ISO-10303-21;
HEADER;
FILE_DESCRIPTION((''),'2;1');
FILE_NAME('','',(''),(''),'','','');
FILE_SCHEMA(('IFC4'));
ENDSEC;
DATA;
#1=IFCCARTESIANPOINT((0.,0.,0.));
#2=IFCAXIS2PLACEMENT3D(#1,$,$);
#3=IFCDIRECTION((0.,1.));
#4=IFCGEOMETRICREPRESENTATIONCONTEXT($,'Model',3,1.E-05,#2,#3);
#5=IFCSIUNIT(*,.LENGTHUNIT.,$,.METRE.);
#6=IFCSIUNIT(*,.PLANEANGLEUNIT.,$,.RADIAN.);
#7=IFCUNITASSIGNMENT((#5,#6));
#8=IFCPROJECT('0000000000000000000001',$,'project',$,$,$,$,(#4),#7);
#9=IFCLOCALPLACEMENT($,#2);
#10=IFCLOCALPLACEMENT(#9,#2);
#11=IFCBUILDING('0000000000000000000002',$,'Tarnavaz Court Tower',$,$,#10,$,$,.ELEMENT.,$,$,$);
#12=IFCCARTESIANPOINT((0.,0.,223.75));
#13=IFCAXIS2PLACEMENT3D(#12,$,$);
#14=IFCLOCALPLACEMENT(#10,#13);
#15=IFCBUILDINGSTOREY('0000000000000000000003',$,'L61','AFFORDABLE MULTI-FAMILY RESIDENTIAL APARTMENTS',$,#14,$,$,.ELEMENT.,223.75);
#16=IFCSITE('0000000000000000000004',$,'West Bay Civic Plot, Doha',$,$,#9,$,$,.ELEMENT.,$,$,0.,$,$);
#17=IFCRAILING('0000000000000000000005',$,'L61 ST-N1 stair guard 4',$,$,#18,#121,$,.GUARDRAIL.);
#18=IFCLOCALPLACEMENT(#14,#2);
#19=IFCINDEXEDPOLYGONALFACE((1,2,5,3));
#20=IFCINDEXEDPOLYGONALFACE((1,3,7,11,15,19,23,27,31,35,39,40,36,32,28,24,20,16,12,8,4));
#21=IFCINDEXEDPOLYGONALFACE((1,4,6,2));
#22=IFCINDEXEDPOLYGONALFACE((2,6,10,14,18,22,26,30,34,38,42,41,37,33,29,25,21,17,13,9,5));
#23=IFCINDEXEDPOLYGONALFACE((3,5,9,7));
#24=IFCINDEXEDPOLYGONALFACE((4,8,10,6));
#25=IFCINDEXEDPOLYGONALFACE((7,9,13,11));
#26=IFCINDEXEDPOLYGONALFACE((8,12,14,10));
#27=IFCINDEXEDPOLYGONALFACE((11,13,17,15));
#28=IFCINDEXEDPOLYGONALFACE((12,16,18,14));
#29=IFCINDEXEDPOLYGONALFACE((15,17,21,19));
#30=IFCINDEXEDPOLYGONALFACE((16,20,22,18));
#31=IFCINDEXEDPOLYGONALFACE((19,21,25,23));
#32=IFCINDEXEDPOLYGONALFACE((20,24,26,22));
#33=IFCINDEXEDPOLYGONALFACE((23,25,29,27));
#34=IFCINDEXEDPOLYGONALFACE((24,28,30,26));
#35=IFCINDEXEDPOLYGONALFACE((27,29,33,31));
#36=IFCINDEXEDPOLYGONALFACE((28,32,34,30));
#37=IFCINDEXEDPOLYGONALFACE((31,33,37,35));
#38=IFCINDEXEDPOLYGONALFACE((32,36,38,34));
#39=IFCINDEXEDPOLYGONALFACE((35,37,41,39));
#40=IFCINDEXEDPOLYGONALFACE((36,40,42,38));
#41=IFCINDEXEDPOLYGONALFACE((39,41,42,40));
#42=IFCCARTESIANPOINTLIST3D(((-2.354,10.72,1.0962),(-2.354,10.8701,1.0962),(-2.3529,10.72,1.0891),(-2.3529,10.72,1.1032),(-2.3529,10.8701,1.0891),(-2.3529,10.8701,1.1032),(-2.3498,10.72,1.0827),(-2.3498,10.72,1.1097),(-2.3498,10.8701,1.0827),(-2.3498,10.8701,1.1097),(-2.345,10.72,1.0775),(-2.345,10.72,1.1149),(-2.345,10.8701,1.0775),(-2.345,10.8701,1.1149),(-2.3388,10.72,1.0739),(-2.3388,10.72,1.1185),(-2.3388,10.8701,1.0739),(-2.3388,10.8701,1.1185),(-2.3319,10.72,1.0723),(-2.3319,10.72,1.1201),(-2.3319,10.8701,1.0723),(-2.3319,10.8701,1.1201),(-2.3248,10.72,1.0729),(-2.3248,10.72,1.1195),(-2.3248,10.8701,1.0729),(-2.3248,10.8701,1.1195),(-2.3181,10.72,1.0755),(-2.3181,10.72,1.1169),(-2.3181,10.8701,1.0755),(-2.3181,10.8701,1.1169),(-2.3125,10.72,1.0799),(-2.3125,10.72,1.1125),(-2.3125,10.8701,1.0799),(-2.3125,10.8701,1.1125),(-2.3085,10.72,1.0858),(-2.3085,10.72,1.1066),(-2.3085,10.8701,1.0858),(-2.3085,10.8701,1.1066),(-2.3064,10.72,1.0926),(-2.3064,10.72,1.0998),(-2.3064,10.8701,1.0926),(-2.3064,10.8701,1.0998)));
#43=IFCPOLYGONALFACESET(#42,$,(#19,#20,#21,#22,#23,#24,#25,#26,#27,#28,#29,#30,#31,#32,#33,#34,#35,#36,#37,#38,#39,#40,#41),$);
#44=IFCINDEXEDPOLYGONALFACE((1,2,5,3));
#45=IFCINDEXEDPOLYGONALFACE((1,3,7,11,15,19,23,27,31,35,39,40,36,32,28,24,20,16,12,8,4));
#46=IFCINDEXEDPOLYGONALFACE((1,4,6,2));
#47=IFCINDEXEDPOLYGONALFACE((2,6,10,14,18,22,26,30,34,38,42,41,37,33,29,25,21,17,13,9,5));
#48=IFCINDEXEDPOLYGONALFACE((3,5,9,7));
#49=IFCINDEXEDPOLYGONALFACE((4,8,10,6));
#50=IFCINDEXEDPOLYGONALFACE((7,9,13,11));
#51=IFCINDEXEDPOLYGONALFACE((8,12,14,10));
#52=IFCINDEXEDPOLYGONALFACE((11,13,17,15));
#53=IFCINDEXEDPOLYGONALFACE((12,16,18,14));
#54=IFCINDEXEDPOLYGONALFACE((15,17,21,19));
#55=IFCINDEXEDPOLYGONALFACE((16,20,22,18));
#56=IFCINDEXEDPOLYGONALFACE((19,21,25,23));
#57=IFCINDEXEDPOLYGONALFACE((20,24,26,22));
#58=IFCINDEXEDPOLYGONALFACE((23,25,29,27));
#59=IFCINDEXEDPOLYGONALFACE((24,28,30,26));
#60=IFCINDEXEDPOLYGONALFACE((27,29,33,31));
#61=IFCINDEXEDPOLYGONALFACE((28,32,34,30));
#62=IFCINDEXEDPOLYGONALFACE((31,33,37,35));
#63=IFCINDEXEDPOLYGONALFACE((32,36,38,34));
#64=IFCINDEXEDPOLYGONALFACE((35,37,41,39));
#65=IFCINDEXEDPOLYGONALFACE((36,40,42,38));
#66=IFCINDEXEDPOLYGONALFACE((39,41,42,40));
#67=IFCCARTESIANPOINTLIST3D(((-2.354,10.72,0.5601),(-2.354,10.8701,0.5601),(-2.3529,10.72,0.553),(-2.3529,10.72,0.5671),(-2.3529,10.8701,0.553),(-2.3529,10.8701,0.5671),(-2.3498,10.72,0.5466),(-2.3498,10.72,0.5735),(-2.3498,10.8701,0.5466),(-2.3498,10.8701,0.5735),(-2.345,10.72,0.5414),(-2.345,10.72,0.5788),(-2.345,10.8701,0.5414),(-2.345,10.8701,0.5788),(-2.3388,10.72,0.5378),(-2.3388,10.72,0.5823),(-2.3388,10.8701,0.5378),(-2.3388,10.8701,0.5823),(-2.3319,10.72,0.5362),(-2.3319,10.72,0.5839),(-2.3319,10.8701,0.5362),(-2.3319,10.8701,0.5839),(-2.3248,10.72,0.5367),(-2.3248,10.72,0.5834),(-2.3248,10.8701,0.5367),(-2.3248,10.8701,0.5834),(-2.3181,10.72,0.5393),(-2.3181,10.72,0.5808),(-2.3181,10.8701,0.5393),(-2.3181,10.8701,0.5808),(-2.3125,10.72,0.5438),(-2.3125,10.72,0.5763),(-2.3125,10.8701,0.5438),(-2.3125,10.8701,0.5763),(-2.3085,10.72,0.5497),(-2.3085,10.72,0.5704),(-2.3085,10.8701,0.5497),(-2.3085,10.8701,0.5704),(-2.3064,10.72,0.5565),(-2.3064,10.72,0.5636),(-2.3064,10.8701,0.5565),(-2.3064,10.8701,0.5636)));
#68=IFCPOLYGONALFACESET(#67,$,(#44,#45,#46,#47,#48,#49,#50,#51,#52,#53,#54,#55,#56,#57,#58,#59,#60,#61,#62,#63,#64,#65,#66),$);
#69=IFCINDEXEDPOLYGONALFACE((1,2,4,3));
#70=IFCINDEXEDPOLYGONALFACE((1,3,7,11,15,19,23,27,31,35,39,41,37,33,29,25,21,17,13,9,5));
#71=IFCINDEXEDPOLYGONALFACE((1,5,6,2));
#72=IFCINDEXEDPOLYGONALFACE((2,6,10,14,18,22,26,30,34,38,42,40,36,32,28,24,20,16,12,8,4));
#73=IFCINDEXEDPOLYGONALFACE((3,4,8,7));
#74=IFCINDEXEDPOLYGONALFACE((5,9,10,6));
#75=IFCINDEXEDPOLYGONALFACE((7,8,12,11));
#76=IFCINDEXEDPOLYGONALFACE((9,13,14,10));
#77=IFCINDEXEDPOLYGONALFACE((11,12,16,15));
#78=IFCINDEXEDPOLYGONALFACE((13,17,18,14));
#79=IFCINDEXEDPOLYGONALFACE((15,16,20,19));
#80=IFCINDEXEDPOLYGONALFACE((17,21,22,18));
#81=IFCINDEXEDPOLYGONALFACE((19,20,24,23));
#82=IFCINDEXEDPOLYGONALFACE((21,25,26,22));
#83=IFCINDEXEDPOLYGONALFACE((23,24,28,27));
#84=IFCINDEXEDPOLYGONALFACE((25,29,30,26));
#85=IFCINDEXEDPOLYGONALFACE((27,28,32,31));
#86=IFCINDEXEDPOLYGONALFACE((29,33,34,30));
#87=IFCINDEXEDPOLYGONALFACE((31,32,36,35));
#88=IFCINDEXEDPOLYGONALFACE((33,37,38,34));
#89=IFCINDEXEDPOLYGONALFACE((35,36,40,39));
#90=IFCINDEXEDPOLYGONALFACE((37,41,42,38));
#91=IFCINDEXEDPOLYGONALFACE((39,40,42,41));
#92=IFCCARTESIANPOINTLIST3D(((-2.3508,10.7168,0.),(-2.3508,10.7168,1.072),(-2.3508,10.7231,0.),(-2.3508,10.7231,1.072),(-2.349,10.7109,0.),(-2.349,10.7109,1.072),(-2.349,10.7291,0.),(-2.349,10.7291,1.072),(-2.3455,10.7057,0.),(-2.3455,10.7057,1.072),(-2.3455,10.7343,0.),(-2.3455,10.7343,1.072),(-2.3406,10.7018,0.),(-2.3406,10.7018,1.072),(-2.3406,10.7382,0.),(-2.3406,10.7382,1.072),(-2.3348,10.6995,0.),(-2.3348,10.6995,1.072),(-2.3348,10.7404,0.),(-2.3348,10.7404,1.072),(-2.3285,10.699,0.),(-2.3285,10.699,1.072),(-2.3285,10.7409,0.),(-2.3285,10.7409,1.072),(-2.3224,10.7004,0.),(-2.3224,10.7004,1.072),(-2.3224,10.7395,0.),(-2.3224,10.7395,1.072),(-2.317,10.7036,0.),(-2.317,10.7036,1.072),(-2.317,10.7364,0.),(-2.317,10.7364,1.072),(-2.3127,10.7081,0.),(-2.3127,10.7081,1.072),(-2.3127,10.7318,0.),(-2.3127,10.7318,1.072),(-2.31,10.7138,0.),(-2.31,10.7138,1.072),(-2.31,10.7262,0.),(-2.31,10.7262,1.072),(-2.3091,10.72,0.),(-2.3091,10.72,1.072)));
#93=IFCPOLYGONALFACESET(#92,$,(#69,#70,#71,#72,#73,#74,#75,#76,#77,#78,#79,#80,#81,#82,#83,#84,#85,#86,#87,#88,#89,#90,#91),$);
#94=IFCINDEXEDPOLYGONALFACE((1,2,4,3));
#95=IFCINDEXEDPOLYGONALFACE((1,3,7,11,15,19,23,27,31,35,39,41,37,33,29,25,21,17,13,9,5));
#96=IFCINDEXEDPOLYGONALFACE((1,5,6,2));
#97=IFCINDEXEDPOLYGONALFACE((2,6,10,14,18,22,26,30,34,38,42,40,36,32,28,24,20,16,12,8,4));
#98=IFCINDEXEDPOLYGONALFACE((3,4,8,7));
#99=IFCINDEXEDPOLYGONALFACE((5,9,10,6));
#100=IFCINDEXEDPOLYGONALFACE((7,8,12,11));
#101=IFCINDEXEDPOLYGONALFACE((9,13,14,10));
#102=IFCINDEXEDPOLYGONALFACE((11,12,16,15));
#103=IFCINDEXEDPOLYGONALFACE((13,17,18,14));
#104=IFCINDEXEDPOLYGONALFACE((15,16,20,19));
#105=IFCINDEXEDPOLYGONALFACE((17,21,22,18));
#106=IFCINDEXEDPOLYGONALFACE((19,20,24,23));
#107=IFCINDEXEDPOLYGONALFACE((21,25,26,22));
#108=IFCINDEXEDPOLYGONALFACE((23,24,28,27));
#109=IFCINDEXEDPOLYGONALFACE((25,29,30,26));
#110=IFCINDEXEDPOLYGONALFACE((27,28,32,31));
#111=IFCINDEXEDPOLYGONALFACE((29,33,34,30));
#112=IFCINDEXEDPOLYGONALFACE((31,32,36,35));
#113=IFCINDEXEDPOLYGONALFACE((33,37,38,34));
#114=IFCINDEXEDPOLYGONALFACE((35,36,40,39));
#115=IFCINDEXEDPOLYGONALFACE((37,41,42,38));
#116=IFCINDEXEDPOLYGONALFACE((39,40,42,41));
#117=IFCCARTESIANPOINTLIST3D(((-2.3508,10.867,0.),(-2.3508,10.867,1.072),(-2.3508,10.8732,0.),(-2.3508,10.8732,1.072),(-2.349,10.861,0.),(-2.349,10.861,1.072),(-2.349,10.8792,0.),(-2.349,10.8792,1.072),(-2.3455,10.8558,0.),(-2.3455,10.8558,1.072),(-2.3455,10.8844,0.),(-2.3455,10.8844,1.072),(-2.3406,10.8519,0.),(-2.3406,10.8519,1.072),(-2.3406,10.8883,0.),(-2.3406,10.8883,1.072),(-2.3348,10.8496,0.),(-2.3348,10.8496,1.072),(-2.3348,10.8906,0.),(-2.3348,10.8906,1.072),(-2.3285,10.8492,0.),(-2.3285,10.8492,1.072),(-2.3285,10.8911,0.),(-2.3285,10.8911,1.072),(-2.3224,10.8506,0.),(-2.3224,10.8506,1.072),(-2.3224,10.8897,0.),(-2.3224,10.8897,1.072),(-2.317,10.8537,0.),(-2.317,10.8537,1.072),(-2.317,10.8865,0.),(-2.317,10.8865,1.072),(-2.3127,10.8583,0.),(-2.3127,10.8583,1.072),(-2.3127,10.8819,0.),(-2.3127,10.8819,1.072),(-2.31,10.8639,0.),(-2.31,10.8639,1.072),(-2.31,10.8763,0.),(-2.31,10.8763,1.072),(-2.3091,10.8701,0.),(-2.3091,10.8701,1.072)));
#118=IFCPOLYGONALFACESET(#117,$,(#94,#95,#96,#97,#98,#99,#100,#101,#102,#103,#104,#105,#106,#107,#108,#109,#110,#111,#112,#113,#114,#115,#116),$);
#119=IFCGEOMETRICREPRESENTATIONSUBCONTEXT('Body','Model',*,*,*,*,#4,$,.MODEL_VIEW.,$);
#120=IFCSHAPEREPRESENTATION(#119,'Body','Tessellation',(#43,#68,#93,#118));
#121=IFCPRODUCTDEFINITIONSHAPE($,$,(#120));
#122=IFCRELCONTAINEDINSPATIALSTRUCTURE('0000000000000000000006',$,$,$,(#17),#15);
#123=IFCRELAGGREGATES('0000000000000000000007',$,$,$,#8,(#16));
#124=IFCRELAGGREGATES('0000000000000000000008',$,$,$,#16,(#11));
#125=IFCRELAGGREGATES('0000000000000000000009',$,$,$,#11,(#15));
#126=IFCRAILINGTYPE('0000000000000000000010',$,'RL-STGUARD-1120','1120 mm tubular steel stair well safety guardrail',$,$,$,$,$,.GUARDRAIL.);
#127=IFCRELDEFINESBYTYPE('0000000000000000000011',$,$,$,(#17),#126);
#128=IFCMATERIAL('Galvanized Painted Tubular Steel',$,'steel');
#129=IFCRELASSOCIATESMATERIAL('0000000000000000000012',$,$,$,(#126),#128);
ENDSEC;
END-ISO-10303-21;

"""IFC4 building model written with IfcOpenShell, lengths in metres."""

from ifc_helpers import new_model, si_unit, direction, frame, origin, origin_2d, place, context, subcontext, project, spatial, circle, extrude, material, type_object, element, save


model = new_model("IFC4")

# Units and contexts
model_context = context("Model", 3, precision=1e-05, world=origin(), true_north=direction((0.0, 1.0)))
body_context = subcontext(model_context, "Body", "Model", "MODEL_VIEW")
ifc_project = project(units=[si_unit("LENGTHUNIT", "METRE"), si_unit("PLANEANGLEUNIT", "RADIAN")], contexts=[model_context])

# Site, building, storey
site_placement = place(None, origin())
site = spatial("IfcSite", under=ifc_project, at=site_placement, Name="West Bay Civic Plot, Doha", CompositionType="ELEMENT", RefElevation=0.0)
building_placement = place(site_placement, origin())
building = spatial("IfcBuilding", under=site, at=building_placement, Name="Tarnavaz Court Tower", CompositionType="ELEMENT")
storey_placement = place(building_placement, frame((0.0, 0.0, 223.75)))
storey = spatial("IfcBuildingStorey", under=building, at=storey_placement, Name="L61", Description="AFFORDABLE MULTI-FAMILY RESIDENTIAL APARTMENTS", CompositionType="ELEMENT", Elevation=223.75)

# Railing
ifc_material_1 = material(Name="Galvanized Painted Tubular Steel", Category="steel")
railing_type_1 = type_object("IfcRailingType", Name="RL-STGUARD-1120", Description="1120 mm tubular steel stair well safety guardrail", PredefinedType="GUARDRAIL", material=ifc_material_1)
railing_1_placement = place(storey_placement, frame((-2.3301, 10.72, 0.0)))
element("IfcRailing", 1, at=railing_1_placement, inside=storey, type_object=railing_type_1, Name="L61 ST-N1 stair guard 4", PredefinedType="GUARDRAIL", context=body_context, shape_type="SweptSolid", body=[
    extrude(circle(Radius=0.0239, at=origin_2d()), frame((0.0, 0.0, 1.0962), z_axis=(0.0, 1.0, 0.0), x_axis=(-1.0, 0.0, 0.0)), (0.0, 0.0, 1.0), 0.1501),
    extrude(circle(Radius=0.0239, at=origin_2d()), frame((0.0, 0.0, 0.5601), z_axis=(0.0, 1.0, 0.0), x_axis=(-1.0, 0.0, 0.0)), (0.0, 0.0, 1.0), 0.1501),
    extrude(circle(Radius=0.021, at=origin_2d()), origin(), (0.0, 0.0, 1.0), 1.072),
    extrude(circle(Radius=0.021, at=origin_2d()), frame((0.0, 0.1501, 0.0)), (0.0, 0.0, 1.0), 1.072),
])

save(model, "model.ifc")
